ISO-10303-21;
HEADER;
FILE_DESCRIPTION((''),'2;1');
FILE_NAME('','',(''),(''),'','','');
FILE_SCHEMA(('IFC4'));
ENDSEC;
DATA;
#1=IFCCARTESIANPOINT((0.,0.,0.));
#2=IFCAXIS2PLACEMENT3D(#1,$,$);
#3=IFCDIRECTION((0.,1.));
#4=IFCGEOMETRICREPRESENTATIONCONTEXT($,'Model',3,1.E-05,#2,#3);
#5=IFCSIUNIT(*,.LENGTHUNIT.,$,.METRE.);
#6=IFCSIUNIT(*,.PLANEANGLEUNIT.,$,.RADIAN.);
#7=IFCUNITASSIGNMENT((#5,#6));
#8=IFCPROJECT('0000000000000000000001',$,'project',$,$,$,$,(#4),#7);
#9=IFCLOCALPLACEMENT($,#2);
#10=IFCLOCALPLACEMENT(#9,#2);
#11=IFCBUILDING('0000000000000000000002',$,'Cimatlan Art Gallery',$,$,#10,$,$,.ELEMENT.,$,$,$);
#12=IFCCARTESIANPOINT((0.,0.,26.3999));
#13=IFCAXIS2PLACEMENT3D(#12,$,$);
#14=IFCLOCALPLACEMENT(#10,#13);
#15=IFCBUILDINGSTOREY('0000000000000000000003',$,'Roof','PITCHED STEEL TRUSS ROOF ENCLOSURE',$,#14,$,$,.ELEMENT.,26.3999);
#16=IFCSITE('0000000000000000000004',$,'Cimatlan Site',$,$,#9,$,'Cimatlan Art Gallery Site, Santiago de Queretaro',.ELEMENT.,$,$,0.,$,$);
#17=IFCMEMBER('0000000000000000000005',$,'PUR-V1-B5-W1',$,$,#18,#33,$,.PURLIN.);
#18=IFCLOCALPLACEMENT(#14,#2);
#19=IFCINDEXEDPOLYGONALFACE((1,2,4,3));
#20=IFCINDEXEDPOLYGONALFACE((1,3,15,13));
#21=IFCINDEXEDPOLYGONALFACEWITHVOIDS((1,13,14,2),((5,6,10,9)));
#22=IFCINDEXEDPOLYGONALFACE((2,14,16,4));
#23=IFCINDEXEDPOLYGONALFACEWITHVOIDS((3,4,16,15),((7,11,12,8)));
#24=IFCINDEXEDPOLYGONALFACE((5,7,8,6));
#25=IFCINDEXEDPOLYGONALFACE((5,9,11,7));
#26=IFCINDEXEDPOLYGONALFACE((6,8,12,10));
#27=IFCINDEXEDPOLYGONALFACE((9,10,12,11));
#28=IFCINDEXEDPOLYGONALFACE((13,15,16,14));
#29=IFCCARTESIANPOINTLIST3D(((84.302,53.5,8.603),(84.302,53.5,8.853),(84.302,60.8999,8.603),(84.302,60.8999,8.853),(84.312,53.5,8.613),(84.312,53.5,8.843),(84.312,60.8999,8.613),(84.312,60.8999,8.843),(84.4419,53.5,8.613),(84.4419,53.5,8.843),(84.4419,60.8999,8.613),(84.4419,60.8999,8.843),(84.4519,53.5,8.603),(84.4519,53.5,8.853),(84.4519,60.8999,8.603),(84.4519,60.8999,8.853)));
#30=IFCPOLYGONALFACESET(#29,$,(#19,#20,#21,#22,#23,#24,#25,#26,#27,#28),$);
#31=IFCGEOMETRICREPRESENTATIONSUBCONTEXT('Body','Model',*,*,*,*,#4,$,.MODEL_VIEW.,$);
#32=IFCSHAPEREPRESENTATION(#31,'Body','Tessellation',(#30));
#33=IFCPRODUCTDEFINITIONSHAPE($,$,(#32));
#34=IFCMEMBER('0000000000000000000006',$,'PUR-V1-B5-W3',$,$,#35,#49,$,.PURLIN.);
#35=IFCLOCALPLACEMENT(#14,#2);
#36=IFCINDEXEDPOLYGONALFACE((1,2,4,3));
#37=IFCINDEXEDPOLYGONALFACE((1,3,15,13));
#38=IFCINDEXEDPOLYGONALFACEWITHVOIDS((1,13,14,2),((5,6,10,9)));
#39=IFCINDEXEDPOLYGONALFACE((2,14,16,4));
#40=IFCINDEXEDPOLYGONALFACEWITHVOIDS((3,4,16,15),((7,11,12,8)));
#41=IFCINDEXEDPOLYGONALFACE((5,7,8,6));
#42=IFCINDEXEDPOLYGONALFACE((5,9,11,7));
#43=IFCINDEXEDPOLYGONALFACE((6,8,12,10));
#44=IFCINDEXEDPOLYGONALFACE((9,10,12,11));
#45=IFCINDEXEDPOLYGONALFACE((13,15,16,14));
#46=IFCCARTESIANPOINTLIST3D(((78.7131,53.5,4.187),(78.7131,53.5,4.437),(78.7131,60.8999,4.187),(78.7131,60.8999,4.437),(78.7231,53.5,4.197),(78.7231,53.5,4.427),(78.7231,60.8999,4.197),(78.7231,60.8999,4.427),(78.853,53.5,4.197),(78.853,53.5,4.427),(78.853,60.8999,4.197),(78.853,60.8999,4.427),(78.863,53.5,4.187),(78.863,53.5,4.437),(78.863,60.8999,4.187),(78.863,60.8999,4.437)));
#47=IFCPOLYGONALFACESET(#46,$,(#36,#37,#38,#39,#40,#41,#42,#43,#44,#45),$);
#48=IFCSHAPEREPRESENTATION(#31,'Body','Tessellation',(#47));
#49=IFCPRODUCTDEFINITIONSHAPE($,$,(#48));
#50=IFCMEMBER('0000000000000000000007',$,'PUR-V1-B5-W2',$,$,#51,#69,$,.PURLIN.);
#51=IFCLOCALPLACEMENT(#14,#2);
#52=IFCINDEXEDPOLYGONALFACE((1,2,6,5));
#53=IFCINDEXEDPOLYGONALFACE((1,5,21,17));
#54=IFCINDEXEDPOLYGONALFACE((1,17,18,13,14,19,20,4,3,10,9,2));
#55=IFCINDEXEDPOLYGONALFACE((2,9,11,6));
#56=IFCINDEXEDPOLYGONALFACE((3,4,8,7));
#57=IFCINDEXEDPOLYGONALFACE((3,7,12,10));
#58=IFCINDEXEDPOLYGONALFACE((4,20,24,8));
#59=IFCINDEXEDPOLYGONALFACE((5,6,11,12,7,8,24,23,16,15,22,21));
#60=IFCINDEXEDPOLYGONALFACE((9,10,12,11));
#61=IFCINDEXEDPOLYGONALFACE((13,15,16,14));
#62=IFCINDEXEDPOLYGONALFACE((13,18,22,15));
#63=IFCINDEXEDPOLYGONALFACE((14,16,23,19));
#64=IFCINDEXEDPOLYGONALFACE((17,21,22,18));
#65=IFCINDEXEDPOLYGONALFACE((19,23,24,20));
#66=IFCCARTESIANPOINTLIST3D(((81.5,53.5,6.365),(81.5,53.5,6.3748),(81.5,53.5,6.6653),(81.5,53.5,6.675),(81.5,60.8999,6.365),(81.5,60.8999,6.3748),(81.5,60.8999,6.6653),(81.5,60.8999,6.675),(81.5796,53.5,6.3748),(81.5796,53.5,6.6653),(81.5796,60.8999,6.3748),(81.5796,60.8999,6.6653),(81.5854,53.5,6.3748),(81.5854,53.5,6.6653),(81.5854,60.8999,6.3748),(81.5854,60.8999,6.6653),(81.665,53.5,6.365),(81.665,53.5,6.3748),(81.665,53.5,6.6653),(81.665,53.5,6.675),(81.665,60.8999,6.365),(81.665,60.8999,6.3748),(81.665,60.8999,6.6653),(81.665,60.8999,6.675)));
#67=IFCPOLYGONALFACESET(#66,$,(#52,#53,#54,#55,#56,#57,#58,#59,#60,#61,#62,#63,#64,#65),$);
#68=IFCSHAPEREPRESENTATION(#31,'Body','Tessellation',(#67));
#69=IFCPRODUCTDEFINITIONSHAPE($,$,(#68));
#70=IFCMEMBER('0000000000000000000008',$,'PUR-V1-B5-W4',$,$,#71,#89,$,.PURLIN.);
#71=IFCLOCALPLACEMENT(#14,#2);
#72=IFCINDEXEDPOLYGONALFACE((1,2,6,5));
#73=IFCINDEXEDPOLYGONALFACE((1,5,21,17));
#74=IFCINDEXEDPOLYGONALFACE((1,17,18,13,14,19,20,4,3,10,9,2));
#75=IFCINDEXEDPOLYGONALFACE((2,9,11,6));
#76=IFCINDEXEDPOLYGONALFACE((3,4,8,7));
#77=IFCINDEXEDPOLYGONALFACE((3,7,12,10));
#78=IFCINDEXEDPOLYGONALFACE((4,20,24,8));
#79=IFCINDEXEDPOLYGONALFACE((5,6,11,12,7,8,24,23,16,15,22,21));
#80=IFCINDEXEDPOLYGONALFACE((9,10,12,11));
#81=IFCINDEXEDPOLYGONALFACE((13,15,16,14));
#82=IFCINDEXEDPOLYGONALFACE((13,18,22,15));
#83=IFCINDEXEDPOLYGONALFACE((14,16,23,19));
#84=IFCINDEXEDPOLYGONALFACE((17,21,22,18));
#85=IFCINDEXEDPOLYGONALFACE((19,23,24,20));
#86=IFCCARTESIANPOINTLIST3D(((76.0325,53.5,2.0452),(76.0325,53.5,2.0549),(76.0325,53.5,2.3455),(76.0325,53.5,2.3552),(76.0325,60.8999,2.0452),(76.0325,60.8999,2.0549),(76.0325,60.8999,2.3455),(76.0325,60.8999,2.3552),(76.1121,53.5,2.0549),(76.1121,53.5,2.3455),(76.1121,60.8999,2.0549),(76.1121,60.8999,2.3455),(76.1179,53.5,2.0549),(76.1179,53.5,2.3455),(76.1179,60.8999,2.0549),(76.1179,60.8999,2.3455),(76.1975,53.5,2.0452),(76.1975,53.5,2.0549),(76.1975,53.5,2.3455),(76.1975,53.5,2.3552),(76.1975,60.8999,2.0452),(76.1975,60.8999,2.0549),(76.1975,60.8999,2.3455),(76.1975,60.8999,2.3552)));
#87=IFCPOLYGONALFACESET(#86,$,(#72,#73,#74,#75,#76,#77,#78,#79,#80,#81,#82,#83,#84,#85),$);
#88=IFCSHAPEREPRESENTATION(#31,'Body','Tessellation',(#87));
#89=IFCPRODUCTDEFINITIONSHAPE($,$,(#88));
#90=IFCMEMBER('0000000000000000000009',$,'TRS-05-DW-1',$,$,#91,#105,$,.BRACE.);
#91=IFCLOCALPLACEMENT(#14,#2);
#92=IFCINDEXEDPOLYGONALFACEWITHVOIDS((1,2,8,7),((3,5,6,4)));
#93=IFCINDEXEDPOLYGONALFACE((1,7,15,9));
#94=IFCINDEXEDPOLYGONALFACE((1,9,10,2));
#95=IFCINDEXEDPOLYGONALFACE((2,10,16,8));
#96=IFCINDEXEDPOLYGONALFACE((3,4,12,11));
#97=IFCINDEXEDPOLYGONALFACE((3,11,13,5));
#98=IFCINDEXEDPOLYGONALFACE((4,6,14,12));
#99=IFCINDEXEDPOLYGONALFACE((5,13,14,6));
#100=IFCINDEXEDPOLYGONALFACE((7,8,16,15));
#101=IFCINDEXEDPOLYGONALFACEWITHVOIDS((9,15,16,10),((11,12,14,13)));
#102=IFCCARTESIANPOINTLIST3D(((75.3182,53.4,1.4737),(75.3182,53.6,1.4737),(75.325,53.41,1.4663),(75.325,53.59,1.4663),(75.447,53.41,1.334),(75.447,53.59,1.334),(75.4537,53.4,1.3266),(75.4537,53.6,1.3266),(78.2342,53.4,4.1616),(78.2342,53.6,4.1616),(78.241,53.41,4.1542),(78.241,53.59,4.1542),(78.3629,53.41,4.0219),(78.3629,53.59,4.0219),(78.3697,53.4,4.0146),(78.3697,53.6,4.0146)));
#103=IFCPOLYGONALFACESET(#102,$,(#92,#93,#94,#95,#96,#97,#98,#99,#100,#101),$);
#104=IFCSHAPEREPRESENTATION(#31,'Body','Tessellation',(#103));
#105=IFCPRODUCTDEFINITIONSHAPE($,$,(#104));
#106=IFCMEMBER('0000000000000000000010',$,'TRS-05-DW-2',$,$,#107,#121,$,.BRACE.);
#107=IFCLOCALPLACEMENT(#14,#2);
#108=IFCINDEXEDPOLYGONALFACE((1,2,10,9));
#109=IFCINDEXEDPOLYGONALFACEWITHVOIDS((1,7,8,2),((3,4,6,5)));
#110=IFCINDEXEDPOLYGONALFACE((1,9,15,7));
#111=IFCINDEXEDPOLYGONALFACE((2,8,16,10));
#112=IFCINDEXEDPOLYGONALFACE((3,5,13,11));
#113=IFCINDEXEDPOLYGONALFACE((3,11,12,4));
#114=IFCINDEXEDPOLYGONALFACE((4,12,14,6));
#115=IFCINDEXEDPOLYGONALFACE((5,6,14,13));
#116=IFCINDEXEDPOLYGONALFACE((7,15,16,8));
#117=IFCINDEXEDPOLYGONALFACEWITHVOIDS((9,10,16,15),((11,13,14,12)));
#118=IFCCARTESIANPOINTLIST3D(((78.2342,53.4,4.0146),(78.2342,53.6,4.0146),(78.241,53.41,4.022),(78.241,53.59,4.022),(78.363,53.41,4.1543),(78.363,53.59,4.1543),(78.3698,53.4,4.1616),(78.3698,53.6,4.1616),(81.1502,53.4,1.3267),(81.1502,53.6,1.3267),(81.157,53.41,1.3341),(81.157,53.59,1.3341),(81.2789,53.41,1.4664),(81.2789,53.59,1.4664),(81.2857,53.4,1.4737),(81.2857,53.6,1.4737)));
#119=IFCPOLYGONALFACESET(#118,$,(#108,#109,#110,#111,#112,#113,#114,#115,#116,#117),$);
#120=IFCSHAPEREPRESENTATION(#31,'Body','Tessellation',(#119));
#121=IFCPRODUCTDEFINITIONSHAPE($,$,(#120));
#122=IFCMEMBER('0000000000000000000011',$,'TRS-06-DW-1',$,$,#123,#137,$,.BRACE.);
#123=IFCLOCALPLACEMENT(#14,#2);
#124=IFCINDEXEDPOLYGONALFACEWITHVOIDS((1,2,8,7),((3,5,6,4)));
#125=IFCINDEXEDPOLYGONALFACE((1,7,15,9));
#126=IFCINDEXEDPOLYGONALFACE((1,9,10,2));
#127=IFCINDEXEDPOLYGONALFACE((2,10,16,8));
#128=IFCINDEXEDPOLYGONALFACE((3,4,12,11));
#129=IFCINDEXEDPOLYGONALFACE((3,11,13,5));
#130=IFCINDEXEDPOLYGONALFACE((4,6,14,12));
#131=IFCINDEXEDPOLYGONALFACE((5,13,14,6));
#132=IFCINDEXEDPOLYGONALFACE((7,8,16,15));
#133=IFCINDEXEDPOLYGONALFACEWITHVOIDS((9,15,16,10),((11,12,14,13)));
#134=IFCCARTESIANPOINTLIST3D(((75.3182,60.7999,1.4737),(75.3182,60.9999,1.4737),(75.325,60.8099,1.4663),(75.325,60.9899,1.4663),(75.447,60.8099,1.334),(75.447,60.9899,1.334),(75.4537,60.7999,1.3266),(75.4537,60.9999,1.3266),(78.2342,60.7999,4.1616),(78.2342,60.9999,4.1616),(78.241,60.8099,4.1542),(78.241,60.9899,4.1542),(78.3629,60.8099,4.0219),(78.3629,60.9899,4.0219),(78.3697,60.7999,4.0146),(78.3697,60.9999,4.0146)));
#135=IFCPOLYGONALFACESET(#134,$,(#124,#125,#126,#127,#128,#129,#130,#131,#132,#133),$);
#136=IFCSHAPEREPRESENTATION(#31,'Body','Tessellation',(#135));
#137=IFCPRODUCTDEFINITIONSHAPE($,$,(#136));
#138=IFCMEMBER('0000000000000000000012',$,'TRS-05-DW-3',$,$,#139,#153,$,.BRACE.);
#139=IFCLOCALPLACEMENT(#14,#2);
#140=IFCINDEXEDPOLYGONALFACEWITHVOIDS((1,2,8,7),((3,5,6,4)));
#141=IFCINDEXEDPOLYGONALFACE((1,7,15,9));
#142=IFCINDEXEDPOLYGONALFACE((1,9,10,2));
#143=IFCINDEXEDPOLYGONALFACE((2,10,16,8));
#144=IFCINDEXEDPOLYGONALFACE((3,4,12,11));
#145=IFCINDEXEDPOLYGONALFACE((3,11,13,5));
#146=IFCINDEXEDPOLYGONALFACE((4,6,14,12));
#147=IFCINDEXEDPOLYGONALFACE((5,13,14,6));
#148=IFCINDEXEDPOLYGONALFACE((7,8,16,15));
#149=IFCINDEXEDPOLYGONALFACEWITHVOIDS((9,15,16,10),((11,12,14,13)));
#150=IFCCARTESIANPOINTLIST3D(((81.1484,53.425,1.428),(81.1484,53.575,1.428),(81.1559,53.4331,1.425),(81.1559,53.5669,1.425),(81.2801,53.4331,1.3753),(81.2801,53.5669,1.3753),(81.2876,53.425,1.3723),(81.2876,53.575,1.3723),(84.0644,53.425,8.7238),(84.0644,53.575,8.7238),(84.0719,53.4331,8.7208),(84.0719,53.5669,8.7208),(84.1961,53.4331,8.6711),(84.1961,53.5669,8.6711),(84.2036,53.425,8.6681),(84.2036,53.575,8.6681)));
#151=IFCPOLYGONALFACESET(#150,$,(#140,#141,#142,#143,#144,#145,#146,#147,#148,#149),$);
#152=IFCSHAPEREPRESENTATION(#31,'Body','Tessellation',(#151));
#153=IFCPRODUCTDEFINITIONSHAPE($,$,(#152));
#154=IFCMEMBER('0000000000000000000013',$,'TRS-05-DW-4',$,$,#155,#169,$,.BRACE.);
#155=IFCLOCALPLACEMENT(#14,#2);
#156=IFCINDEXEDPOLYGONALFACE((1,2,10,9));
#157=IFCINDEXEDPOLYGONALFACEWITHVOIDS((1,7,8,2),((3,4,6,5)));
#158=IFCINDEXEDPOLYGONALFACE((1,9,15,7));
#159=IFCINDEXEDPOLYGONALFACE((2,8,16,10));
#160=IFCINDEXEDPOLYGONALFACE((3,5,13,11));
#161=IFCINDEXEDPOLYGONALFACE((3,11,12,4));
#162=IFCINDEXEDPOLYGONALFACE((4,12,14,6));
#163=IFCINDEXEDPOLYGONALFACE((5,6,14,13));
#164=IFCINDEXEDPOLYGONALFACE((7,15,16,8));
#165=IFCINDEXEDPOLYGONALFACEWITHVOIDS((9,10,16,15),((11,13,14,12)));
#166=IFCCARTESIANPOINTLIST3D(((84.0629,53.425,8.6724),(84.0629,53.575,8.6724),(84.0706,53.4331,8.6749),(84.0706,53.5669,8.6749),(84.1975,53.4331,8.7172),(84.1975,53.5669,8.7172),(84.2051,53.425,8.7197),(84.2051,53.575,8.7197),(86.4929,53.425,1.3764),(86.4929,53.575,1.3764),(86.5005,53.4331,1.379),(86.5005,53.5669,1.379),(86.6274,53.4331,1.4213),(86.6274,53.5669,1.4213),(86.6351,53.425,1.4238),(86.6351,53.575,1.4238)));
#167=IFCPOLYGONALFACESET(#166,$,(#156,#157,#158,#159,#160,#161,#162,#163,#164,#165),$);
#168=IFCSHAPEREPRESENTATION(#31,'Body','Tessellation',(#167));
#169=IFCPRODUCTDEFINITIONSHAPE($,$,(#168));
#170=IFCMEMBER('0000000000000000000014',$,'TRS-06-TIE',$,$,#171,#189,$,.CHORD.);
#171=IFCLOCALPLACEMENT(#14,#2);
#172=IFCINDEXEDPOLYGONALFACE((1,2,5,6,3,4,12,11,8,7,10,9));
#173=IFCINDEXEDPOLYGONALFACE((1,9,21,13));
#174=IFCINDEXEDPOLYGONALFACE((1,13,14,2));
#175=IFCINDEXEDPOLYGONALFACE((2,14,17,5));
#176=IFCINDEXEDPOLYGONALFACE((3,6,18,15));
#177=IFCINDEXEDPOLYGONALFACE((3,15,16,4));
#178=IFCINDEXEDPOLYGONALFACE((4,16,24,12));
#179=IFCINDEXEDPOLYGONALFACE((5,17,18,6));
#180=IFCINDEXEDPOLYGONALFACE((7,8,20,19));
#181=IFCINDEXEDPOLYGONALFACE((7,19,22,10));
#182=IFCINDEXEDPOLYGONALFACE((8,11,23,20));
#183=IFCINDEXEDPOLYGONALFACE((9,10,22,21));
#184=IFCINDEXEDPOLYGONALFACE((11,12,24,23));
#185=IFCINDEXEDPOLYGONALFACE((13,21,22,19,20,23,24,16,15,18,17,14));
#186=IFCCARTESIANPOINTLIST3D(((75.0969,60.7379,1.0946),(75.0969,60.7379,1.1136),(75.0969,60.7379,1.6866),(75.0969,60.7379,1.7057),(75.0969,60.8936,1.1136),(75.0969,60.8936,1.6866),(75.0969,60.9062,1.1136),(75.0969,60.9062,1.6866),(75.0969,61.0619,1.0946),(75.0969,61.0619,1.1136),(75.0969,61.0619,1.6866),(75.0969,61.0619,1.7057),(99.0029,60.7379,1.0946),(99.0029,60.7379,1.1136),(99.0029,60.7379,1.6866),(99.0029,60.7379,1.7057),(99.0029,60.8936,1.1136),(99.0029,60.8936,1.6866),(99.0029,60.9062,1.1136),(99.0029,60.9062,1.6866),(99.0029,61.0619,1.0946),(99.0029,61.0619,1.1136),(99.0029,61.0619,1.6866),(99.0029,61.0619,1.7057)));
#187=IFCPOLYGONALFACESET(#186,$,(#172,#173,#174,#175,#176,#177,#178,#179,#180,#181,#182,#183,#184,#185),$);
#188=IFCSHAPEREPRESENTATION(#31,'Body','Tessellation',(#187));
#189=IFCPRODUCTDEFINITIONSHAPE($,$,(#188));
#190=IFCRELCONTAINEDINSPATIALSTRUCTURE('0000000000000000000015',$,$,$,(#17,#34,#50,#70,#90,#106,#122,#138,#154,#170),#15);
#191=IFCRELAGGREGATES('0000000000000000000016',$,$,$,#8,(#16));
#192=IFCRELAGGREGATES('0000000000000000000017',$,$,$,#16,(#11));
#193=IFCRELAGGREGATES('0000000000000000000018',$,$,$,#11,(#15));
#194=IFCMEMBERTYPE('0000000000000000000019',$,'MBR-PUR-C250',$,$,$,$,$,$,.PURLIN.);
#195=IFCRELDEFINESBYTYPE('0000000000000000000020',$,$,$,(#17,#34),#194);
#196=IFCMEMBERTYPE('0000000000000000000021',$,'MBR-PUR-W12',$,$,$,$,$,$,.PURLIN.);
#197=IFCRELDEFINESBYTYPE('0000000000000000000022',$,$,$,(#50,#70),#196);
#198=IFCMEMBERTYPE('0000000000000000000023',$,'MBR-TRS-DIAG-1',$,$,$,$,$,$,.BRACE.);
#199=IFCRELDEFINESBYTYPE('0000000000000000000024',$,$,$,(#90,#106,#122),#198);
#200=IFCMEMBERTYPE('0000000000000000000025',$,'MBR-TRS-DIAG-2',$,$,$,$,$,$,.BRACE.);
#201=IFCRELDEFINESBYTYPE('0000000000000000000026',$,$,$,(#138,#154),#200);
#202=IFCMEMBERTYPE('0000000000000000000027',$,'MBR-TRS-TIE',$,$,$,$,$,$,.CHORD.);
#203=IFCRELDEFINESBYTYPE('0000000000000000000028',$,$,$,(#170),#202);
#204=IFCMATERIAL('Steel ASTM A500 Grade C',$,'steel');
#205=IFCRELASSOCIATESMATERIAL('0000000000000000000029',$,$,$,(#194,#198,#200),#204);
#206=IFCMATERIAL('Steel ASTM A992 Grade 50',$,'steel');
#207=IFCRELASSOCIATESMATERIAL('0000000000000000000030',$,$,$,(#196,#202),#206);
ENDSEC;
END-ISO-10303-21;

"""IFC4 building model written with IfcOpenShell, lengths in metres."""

from ifc_helpers import new_model, si_unit, direction, frame, origin, origin_2d, place, context, subcontext, project, spatial, hollow_rectangle, i_section, extrude, material, material_profile, profile_set, type_object, element, save


model = new_model("IFC4")

# Units and contexts
model_context = context("Model", 3, precision=1e-05, world=origin(), true_north=direction((0.0, 1.0)))
body_context = subcontext(model_context, "Body", "Model", "MODEL_VIEW")
ifc_project = project(units=[si_unit("LENGTHUNIT", "METRE"), si_unit("PLANEANGLEUNIT", "RADIAN")], contexts=[model_context])

# Site, building, storey
site_placement = place(None, origin())
site = spatial("IfcSite", under=ifc_project, at=site_placement, Name="Cimatlan Site", LongName="Cimatlan Art Gallery Site, Santiago de Queretaro", CompositionType="ELEMENT", RefElevation=0.0)
building_placement = place(site_placement, origin())
building = spatial("IfcBuilding", under=site, at=building_placement, Name="Cimatlan Art Gallery", CompositionType="ELEMENT")
storey_placement = place(building_placement, frame((0.0, 0.0, 26.3999)))
storey = spatial("IfcBuildingStorey", under=building, at=storey_placement, Name="Roof", Description="PITCHED STEEL TRUSS ROOF ENCLOSURE", CompositionType="ELEMENT", Elevation=26.3999)

# Shared definitions
ifc_material_1 = material(Name="Steel ASTM A992 Grade 50", Category="steel")

# Members
ifc_material_2 = material(Name="Steel ASTM A500 Grade C", Category="steel")
ifc_material_profile_1 = material_profile(ifc_material_2, hollow_rectangle(XDim=0.1499, YDim=0.25, WallThickness=0.01, at=origin_2d()), Name="HSS250X150X10")
ifc_profile_set_1 = profile_set([ifc_material_profile_1], Name="Steel ASTM A500 Grade C")
member_type_1 = type_object("IfcMemberType", Name="MBR-PUR-C250", PredefinedType="PURLIN", material=ifc_profile_set_1)
for number, where, z_axis, x_axis, name in (
    (1, (84.377, 53.5, 8.728), (0.0, 1.0, 0.0), (-1.0, 0.0, 0.0), "PUR-V1-B5-W1"),
    (2, (78.7881, 53.5, 4.312), (0.0, 1.0, 0.0), (-1.0, 0.0, 0.0), "PUR-V1-B5-W3"),
):
    element("IfcMember", number, at=place(storey_placement, frame(where, z_axis=z_axis, x_axis=x_axis)), inside=storey, type_object=member_type_1, Name=name, PredefinedType="PURLIN", context=body_context, shape_type="SweptSolid", body=[
        extrude(hollow_rectangle(XDim=0.1499, YDim=0.25, WallThickness=0.01, at=origin_2d()), origin(), (0.0, 0.0, 1.0), 7.3999),
    ])
ifc_material_profile_2 = material_profile(ifc_material_1, i_section(OverallWidth=0.165, OverallDepth=0.3101, WebThickness=0.0059, FlangeThickness=0.0098, at=origin_2d()), Name="W12X26")
ifc_profile_set_2 = profile_set([ifc_material_profile_2], Name="Steel ASTM A992 Grade 50")
member_type_2 = type_object("IfcMemberType", Name="MBR-PUR-W12", PredefinedType="PURLIN", material=ifc_profile_set_2)
for number, where, z_axis, x_axis, name in (
    (3, (81.5825, 53.5, 6.52), (0.0, 1.0, 0.0), (-1.0, 0.0, 0.0), "PUR-V1-B5-W2"),
    (4, (76.115, 53.5, 2.2002), (0.0, 1.0, 0.0), (-1.0, 0.0, 0.0), "PUR-V1-B5-W4"),
):
    element("IfcMember", number, at=place(storey_placement, frame(where, z_axis=z_axis, x_axis=x_axis)), inside=storey, type_object=member_type_2, Name=name, PredefinedType="PURLIN", context=body_context, shape_type="SweptSolid", body=[
        extrude(i_section(OverallWidth=0.165, OverallDepth=0.3101, WebThickness=0.0059, FlangeThickness=0.0098, at=origin_2d()), origin(), (0.0, 0.0, 1.0), 7.3999),
    ])
ifc_material_profile_3 = material_profile(ifc_material_2, hollow_rectangle(XDim=0.2, YDim=0.2, WallThickness=0.01, at=origin_2d()), Name="HSS200X200X10")
ifc_profile_set_3 = profile_set([ifc_material_profile_3], Name="Steel ASTM A500 Grade C")
member_type_3 = type_object("IfcMemberType", Name="MBR-TRS-DIAG-1", PredefinedType="BRACE", material=ifc_profile_set_3)
for number, where, z_axis, x_axis, name in (
    (5, (75.386, 53.5, 1.4001), (0.735271, 0.0, 0.677774), (0.0, 1.0, 0.0), "TRS-05-DW-1"),
    (6, (78.302, 53.5, 4.0881), (0.735271, 0.0, -0.677774), (0.0, 1.0, 0.0), "TRS-05-DW-2"),
    (7, (75.386, 60.8999, 1.4001), (0.735271, 0.0, 0.677774), (0.0, 1.0, 0.0), "TRS-06-DW-1"),
):
    element("IfcMember", number, at=place(storey_placement, frame(where, z_axis=z_axis, x_axis=x_axis)), inside=storey, type_object=member_type_3, Name=name, PredefinedType="BRACE", context=body_context, shape_type="SweptSolid", body=[
        extrude(hollow_rectangle(XDim=0.2, YDim=0.2, WallThickness=0.01, at=origin_2d()), origin(), (0.0, 0.0, 1.0), 3.9658),
    ])
ifc_material_profile_4 = material_profile(ifc_material_2, hollow_rectangle(XDim=0.1499, YDim=0.1499, WallThickness=0.0081, at=origin_2d()), Name="HSS150X150X8")
ifc_profile_set_4 = profile_set([ifc_material_profile_4], Name="Steel ASTM A500 Grade C")
member_type_4 = type_object("IfcMemberType", Name="MBR-TRS-DIAG-2", PredefinedType="BRACE", material=ifc_profile_set_4)
member_1_placement = place(storey_placement, frame((81.218, 53.5, 1.4001), z_axis=(0.371134, 0.0, 0.92858), x_axis=(0.0, 1.0, 0.0)))
element("IfcMember", 8, at=member_1_placement, inside=storey, type_object=member_type_4, Name="TRS-05-DW-3", PredefinedType="BRACE", context=body_context, shape_type="SweptSolid", body=[
    extrude(hollow_rectangle(XDim=0.1499, YDim=0.1499, WallThickness=0.0081, at=origin_2d()), origin(), (0.0, 0.0, 1.0), 7.8569),
])
member_2_placement = place(storey_placement, frame((84.134, 53.5, 8.696), z_axis=(0.31599, 0.0, -0.948763), x_axis=(0.0, 1.0, 0.0)))
element("IfcMember", 9, at=member_2_placement, inside=storey, type_object=member_type_4, Name="TRS-05-DW-4", PredefinedType="BRACE", context=body_context, shape_type="SweptSolid", body=[
    extrude(hollow_rectangle(XDim=0.1499, YDim=0.1499, WallThickness=0.0081, at=origin_2d()), origin(), (0.0, 0.0, 1.0), 7.6899),
])
ifc_material_profile_5 = material_profile(ifc_material_1, i_section(OverallWidth=0.324, OverallDepth=0.6111, WebThickness=0.0127, FlangeThickness=0.019, at=origin_2d()), Name="W24X104")
ifc_profile_set_5 = profile_set([ifc_material_profile_5], Name="Steel ASTM A992 Grade 50")
member_type_5 = type_object("IfcMemberType", Name="MBR-TRS-TIE", PredefinedType="CHORD", material=ifc_profile_set_5)
member_3_placement = place(storey_placement, frame((75.0969, 60.8999, 1.4001), z_axis=(1.0, 0.0, 0.0), x_axis=(0.0, 1.0, 0.0)))
element("IfcMember", 10, at=member_3_placement, inside=storey, type_object=member_type_5, Name="TRS-06-TIE", PredefinedType="CHORD", context=body_context, shape_type="SweptSolid", body=[
    extrude(i_section(OverallWidth=0.324, OverallDepth=0.6111, WebThickness=0.0127, FlangeThickness=0.019, at=origin_2d()), origin(), (0.0, 0.0, 1.0), 23.906),
])

save(model, "model.ifc")
